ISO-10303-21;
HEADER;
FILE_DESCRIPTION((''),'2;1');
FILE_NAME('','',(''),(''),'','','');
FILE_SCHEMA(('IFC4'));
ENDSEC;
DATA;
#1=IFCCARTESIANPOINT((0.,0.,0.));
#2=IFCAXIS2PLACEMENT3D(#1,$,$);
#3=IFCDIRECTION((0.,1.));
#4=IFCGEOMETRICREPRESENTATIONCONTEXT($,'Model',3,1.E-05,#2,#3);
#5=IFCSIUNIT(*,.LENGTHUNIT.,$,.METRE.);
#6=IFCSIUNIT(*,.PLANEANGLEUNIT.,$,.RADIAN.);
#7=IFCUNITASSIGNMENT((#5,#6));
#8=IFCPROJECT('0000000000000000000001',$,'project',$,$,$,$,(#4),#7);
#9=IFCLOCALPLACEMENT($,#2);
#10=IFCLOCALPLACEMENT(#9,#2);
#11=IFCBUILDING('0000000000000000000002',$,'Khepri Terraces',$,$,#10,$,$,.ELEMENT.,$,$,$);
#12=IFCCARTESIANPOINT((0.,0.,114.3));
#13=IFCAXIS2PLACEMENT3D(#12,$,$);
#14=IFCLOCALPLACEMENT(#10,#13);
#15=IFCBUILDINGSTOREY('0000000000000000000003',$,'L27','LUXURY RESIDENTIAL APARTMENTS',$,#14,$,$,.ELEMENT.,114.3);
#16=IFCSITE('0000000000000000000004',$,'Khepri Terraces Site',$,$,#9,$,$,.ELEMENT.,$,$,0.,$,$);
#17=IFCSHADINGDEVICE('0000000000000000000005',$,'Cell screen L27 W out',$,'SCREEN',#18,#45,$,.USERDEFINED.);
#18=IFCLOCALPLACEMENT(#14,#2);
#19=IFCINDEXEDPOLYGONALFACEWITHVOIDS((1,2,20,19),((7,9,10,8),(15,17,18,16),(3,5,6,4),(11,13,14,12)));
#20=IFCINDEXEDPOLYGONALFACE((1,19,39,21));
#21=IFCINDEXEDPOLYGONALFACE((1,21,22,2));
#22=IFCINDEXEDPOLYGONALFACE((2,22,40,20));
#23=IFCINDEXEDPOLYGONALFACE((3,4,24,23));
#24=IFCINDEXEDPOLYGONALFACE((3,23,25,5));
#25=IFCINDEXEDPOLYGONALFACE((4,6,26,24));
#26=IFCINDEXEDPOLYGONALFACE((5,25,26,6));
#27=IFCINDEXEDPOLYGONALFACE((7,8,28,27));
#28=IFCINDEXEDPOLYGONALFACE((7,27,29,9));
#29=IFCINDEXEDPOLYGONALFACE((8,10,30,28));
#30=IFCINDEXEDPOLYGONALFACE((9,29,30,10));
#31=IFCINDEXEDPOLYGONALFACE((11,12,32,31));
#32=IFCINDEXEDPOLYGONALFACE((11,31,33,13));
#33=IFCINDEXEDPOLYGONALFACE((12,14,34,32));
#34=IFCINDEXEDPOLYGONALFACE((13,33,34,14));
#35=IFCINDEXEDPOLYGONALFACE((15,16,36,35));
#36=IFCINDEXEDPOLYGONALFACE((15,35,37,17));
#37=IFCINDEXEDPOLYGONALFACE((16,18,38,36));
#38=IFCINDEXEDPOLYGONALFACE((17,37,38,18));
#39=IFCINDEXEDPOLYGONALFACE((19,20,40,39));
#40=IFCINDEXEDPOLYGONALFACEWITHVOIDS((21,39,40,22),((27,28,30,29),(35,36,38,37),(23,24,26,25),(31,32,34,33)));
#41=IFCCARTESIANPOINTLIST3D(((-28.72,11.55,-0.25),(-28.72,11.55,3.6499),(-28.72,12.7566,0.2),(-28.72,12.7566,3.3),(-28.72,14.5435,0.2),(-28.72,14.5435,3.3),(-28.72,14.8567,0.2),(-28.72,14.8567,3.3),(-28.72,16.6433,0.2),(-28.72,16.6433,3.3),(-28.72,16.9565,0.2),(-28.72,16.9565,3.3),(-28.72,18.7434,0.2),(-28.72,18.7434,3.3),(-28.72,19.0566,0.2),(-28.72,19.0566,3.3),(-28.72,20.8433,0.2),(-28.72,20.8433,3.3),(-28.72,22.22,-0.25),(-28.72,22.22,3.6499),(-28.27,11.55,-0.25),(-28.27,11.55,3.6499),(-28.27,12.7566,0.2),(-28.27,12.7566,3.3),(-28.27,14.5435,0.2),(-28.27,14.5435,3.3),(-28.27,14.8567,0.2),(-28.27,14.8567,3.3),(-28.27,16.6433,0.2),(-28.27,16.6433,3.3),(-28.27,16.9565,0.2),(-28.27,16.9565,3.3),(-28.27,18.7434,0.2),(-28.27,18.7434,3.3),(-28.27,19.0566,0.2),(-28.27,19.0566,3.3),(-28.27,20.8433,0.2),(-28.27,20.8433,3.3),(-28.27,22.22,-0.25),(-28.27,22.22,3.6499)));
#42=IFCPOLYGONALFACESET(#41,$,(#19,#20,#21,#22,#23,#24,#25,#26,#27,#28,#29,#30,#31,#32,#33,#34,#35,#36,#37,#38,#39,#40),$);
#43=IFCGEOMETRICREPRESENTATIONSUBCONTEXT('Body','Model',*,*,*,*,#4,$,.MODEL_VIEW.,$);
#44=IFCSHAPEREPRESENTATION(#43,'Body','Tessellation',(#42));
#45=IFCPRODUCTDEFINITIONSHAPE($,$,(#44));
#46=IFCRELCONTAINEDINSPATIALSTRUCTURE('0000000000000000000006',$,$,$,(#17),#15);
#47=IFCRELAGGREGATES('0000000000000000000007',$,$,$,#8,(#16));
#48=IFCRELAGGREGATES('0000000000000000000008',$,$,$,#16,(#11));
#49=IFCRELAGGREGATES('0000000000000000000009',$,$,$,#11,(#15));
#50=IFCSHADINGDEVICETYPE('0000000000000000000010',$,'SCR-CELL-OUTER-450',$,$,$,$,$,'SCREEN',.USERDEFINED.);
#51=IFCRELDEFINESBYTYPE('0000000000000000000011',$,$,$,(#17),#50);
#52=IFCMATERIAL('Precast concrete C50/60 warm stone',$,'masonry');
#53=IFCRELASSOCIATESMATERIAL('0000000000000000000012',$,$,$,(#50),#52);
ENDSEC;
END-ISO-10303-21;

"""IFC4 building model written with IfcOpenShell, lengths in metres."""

from ifc_helpers import new_model, si_unit, direction, frame, origin, place, context, subcontext, project, spatial, polyline, outline, extrude, material, type_object, element, save


model = new_model("IFC4")

# Units and contexts
model_context = context("Model", 3, precision=1e-05, world=origin(), true_north=direction((0.0, 1.0)))
body_context = subcontext(model_context, "Body", "Model", "MODEL_VIEW")
ifc_project = project(units=[si_unit("LENGTHUNIT", "METRE"), si_unit("PLANEANGLEUNIT", "RADIAN")], contexts=[model_context])

# Site, building, storey
site_placement = place(None, origin())
site = spatial("IfcSite", under=ifc_project, at=site_placement, Name="Khepri Terraces Site", CompositionType="ELEMENT", RefElevation=0.0)
building_placement = place(site_placement, origin())
building = spatial("IfcBuilding", under=site, at=building_placement, Name="Khepri Terraces", CompositionType="ELEMENT")
storey_placement = place(building_placement, frame((0.0, 0.0, 114.3)))
storey = spatial("IfcBuildingStorey", under=building, at=storey_placement, Name="L27", Description="LUXURY RESIDENTIAL APARTMENTS", CompositionType="ELEMENT", Elevation=114.3)

# Shared definitions
ifc_material_1 = material(Name="Precast concrete C50/60 warm stone", Category="masonry")

# Shading device
shading_device_type_1 = type_object("IfcShadingDeviceType", Name="SCR-CELL-OUTER-450", ElementType="SCREEN", PredefinedType="USERDEFINED", material=ifc_material_1)
shading_device_1_placement = place(storey_placement, frame((-28.27, 22.22, -0.25), z_axis=(-1.0, 0.0, 0.0), x_axis=(0.0, -1.0, 0.0)))
element("IfcShadingDevice", 1, at=shading_device_1_placement, inside=storey, type_object=shading_device_type_1, Name="Cell screen L27 W out", ObjectType="SCREEN", PredefinedType="USERDEFINED", context=body_context, shape_type="SweptSolid", body=[
    extrude(outline(polyline([(0.0, 0.0), (10.6699, 0.0), (10.6699, 3.8999), (0.0, 3.8999), (0.0, 0.0)]), holes=[polyline([(1.3767, 0.45), (3.1633, 0.45), (3.1633, 3.55), (1.3767, 3.55), (1.3767, 0.45)]), polyline([(3.4766, 0.45), (5.2634, 0.45), (5.2634, 3.55), (3.4766, 3.55), (3.4766, 0.45)]), polyline([(5.5767, 0.45), (7.3633, 0.45), (7.3633, 3.55), (5.5767, 3.55), (5.5767, 0.45)]), polyline([(7.6765, 0.45), (9.4634, 0.45), (9.4634, 3.55), (7.6765, 3.55), (7.6765, 0.45)])]), origin(), (0.0, 0.0, 1.0), 0.45),
])

save(model, "model.ifc")
